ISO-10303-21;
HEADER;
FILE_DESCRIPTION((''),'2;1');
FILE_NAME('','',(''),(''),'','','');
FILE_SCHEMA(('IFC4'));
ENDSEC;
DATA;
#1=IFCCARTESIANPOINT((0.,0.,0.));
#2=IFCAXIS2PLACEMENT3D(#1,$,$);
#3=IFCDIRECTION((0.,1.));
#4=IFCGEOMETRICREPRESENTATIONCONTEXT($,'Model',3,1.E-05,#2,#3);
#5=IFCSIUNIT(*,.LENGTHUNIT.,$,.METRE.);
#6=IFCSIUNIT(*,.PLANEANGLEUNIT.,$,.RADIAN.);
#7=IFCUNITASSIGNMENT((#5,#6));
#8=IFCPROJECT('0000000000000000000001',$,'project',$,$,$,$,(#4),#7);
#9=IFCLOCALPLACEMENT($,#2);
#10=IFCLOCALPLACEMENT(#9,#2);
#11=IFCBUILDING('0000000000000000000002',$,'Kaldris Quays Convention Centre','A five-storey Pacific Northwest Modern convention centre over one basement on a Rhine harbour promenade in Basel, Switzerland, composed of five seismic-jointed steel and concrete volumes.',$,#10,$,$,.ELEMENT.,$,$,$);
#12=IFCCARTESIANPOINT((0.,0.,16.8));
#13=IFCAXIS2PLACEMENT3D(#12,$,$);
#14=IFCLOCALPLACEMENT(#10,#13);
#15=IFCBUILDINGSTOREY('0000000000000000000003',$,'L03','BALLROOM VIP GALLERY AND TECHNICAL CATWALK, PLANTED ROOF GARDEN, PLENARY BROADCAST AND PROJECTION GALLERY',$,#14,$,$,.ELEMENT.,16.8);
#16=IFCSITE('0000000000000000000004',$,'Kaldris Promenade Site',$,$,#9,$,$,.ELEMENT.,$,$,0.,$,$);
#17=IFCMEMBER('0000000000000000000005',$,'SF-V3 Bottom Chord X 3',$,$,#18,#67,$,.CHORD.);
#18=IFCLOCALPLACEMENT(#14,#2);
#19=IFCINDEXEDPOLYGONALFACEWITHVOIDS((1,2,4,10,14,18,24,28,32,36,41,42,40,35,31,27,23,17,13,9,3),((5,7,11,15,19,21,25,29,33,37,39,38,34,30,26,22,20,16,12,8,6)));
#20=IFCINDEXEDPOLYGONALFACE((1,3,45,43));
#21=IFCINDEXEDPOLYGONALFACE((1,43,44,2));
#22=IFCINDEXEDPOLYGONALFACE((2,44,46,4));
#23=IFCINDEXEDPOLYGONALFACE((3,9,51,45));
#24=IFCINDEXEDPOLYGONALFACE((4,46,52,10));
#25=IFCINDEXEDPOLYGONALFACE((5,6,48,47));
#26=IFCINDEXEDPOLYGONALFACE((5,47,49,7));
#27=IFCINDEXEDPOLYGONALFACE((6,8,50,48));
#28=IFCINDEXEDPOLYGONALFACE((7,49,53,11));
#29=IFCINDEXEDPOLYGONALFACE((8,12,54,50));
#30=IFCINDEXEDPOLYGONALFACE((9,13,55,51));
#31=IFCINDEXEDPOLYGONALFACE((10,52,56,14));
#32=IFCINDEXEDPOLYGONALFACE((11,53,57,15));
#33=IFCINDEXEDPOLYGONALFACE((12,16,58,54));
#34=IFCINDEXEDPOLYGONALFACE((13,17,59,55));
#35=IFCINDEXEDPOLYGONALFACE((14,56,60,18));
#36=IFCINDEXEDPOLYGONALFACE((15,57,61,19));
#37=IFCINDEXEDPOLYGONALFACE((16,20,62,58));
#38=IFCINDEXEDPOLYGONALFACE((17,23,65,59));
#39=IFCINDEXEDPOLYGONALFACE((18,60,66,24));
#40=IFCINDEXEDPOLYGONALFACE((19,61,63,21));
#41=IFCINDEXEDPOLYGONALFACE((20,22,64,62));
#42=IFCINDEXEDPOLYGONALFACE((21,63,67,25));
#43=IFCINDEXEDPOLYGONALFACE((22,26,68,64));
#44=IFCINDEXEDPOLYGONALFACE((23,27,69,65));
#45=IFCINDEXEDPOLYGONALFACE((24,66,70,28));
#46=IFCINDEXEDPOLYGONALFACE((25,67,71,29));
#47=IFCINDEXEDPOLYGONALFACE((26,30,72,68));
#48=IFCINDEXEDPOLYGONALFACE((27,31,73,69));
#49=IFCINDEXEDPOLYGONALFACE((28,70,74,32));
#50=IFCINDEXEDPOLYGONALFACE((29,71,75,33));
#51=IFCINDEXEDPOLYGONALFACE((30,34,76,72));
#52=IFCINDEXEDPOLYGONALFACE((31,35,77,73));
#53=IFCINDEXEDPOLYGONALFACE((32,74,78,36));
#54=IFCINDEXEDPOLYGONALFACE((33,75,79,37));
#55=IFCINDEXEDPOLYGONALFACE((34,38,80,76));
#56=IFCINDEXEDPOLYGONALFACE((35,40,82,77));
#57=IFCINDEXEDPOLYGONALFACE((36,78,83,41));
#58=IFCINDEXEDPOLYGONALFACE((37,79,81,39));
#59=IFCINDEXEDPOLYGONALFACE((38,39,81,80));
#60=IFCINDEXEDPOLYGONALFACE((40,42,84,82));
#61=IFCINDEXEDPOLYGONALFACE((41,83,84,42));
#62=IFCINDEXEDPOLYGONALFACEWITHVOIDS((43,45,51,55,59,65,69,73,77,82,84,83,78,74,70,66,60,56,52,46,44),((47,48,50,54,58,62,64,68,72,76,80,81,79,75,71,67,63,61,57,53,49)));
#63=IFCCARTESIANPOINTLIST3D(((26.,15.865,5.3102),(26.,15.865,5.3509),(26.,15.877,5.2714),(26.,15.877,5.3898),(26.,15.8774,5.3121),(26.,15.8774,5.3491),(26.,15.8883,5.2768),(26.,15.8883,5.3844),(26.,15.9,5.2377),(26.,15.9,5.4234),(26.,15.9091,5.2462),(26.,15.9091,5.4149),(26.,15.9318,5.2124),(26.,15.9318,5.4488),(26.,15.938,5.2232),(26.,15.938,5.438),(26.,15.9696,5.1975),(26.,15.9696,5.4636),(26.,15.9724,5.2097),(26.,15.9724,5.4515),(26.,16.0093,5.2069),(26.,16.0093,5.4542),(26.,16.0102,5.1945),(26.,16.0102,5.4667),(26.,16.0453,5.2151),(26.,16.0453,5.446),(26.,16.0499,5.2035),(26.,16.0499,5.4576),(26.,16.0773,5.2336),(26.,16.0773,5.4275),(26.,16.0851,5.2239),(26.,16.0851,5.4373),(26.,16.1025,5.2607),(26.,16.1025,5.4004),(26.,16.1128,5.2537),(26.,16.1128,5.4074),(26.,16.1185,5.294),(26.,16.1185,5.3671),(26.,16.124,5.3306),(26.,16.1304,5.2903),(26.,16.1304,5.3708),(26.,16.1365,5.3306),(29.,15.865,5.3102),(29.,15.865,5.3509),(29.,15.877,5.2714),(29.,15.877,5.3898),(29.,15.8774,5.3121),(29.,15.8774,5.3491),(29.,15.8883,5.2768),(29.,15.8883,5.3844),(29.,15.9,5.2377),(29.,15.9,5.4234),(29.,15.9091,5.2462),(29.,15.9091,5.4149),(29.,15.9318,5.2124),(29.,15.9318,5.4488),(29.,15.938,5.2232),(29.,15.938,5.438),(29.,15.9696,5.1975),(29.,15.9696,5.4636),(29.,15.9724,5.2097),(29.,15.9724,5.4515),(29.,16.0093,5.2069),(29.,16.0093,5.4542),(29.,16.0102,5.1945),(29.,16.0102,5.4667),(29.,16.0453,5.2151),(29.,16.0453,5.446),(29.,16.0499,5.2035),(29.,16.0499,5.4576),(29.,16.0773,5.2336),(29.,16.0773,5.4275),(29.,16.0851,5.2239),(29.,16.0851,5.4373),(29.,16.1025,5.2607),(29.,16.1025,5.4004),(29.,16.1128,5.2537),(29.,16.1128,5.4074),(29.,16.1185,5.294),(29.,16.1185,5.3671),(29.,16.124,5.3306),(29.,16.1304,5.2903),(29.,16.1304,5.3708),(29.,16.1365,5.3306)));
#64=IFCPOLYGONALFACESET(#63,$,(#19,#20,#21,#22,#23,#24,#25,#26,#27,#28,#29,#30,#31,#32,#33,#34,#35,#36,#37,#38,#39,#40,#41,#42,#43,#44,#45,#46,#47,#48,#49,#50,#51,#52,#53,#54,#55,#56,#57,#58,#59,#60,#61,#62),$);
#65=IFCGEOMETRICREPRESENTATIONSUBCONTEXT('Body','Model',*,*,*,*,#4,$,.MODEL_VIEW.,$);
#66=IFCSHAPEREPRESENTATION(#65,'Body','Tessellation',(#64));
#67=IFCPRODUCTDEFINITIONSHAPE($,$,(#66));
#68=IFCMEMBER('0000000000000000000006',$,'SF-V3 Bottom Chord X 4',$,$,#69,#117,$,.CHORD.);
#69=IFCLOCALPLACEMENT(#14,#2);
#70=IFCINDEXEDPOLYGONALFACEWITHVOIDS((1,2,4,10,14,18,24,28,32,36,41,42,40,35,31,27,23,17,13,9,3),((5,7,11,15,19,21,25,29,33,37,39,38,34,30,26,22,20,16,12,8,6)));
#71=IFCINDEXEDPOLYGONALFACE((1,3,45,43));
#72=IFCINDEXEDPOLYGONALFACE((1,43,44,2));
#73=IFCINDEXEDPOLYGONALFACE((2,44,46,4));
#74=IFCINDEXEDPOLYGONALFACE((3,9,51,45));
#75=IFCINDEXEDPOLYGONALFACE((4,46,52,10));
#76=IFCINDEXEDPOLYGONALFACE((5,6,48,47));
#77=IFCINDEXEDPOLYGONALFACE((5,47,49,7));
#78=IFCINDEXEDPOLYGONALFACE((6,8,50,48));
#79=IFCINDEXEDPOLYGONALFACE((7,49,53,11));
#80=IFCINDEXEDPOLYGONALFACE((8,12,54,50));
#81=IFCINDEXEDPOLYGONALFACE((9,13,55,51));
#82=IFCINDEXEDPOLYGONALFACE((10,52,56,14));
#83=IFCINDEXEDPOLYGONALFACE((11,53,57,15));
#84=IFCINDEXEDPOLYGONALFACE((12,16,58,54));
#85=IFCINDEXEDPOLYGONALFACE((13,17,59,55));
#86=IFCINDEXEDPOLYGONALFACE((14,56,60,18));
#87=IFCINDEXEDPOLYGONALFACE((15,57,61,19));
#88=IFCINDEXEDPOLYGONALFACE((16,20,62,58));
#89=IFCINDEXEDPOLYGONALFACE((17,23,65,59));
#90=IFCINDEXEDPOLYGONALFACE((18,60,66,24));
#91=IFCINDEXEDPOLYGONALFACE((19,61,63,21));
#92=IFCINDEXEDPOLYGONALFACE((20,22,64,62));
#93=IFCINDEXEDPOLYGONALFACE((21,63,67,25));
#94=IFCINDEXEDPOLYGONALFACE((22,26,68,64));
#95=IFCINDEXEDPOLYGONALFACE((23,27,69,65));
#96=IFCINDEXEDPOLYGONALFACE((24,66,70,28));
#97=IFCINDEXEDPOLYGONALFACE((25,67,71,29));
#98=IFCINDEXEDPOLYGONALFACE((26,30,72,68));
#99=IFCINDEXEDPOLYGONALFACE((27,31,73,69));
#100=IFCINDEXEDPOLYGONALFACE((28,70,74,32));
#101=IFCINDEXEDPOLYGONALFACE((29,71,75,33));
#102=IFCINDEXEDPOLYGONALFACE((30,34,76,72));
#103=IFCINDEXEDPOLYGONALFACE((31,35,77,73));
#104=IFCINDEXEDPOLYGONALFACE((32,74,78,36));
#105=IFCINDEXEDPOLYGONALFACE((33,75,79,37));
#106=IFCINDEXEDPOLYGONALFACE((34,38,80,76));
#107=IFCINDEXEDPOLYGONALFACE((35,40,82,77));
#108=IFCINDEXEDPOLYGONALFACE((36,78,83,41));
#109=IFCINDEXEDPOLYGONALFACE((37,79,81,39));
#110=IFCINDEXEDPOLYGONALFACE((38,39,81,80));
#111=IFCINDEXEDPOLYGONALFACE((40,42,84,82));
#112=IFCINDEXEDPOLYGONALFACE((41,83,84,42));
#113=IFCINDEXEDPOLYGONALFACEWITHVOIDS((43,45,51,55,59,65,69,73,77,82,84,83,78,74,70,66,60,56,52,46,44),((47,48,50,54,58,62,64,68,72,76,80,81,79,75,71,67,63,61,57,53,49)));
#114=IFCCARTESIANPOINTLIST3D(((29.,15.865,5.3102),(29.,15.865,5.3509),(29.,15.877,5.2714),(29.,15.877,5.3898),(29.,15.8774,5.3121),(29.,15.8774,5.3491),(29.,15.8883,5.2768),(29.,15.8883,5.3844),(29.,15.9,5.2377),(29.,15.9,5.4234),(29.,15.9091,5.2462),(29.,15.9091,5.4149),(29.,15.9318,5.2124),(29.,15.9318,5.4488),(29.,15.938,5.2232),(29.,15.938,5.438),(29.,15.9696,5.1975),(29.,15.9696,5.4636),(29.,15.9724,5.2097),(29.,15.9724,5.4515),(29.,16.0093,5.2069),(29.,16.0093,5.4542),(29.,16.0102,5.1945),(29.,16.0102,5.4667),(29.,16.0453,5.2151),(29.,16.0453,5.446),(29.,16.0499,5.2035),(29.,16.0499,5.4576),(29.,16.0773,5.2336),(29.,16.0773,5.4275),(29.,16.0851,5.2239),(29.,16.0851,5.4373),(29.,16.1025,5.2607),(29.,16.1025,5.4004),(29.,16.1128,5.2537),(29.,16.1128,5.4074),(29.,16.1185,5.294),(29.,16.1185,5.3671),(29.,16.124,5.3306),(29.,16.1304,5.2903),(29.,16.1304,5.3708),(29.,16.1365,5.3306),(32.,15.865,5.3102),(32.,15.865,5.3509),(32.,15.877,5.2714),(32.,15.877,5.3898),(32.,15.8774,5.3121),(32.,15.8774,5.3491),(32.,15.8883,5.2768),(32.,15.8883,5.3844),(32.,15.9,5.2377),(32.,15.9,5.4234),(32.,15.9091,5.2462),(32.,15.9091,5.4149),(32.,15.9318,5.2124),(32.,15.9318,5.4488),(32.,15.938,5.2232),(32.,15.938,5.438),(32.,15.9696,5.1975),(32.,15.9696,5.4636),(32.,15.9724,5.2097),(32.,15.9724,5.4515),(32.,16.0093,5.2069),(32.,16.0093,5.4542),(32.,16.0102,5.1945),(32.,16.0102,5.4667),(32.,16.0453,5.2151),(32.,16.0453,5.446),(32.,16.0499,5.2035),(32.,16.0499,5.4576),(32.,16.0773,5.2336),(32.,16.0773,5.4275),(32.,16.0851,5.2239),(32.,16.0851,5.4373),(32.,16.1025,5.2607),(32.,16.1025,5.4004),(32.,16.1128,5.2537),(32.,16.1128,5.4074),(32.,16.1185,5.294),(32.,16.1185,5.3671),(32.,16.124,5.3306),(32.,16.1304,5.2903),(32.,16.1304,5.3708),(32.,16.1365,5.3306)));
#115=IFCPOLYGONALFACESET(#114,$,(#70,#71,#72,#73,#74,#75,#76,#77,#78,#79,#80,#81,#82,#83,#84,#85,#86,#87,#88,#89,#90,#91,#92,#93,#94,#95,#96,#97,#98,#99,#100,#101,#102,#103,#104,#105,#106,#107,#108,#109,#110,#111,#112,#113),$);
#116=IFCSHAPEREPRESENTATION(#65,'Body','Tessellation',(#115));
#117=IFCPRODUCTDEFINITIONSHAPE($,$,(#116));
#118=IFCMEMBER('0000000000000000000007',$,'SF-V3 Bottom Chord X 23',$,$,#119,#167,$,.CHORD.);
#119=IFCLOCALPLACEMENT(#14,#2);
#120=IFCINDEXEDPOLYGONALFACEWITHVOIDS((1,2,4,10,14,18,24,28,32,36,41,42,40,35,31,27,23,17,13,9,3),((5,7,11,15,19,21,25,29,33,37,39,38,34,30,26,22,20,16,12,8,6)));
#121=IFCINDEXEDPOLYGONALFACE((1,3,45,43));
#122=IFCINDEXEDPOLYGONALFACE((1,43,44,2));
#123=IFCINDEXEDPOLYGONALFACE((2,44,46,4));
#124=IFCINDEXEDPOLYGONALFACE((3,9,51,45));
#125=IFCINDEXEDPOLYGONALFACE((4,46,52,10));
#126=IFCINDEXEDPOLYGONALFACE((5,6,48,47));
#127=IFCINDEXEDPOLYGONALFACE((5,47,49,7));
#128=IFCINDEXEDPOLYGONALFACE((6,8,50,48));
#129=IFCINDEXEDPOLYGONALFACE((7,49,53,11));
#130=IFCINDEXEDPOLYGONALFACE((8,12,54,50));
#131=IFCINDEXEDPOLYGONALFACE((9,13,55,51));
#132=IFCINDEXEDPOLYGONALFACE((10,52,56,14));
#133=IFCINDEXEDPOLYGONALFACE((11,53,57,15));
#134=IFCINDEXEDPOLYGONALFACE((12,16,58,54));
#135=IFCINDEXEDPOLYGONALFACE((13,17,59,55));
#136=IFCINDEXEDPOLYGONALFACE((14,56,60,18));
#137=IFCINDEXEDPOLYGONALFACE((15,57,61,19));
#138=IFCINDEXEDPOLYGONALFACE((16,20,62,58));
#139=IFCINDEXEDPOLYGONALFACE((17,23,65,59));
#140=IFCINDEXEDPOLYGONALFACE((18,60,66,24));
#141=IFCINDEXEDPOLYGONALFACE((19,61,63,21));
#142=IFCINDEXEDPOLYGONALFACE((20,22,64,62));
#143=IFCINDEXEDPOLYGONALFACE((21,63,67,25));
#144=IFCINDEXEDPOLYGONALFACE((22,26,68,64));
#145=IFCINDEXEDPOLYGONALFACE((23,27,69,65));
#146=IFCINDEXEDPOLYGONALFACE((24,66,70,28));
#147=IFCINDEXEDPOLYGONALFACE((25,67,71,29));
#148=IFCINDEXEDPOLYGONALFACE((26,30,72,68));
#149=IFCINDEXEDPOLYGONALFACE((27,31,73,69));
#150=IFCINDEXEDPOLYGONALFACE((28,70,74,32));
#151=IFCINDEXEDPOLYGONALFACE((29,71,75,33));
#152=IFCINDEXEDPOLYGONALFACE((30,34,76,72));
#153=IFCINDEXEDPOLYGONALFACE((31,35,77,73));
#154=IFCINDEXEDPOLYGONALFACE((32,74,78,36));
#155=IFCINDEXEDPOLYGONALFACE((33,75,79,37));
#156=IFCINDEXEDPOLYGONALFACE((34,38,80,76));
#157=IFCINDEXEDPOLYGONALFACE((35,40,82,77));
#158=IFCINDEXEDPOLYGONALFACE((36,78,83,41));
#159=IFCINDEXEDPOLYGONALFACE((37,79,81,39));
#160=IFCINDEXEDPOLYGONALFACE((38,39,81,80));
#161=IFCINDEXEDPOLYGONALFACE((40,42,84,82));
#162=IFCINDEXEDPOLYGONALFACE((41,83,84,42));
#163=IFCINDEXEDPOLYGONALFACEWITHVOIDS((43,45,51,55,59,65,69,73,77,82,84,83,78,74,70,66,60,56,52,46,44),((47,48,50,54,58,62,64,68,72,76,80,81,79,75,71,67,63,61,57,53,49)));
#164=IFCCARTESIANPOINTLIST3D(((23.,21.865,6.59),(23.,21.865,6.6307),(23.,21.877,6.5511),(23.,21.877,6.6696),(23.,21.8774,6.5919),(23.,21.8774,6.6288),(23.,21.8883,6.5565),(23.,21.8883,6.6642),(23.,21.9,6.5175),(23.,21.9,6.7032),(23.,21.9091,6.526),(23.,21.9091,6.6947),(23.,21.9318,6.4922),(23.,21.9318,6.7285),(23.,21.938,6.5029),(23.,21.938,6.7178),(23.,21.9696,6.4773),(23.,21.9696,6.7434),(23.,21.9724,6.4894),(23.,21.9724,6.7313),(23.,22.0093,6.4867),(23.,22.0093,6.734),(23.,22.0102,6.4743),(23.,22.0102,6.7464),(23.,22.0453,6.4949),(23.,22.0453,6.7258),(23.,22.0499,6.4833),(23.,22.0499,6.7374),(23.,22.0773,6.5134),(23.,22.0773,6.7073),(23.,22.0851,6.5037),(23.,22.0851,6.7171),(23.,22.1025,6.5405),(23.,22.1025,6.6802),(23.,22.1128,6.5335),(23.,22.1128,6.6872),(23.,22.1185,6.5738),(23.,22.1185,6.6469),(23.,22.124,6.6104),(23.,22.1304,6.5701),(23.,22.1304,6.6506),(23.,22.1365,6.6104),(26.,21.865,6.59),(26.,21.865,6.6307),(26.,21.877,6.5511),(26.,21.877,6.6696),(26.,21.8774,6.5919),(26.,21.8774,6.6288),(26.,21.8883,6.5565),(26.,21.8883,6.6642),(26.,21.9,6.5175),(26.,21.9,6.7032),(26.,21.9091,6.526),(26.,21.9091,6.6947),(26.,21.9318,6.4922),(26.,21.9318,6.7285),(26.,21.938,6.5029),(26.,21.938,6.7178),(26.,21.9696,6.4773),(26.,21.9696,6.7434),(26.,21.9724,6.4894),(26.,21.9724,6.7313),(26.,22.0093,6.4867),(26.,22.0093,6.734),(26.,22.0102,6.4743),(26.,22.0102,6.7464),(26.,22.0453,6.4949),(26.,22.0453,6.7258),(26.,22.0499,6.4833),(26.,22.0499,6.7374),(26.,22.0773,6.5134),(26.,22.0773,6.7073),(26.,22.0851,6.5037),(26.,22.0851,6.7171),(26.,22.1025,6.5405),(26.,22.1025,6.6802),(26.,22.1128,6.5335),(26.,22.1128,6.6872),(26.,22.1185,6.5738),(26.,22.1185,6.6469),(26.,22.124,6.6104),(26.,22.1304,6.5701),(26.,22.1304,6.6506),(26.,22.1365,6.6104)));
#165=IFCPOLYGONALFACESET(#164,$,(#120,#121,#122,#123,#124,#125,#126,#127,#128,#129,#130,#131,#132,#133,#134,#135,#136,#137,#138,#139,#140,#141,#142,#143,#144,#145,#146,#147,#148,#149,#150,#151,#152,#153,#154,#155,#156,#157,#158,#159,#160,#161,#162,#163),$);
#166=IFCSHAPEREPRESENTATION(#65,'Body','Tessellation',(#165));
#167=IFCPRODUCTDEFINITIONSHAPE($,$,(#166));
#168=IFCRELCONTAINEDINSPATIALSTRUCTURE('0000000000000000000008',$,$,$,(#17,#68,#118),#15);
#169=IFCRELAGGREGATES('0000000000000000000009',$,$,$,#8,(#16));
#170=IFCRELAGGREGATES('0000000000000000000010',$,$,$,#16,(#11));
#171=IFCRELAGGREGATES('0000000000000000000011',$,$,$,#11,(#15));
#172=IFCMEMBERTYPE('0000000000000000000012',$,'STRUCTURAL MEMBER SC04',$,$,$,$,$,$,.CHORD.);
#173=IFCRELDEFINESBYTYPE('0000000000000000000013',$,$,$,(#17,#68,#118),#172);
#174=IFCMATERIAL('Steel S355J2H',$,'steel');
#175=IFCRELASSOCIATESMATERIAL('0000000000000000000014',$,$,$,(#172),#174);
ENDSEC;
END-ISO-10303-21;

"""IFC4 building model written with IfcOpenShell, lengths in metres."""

from ifc_helpers import new_model, si_unit, direction, frame, origin, origin_2d, place, context, subcontext, project, spatial, hollow_circle, extrude, material, material_profile, profile_set, type_object, element, save


model = new_model("IFC4")

# Units and contexts
model_context = context("Model", 3, precision=1e-05, world=origin(), true_north=direction((0.0, 1.0)))
body_context = subcontext(model_context, "Body", "Model", "MODEL_VIEW")
ifc_project = project(units=[si_unit("LENGTHUNIT", "METRE"), si_unit("PLANEANGLEUNIT", "RADIAN")], contexts=[model_context])

# Site, building, storey
site_placement = place(None, origin())
site = spatial("IfcSite", under=ifc_project, at=site_placement, Name="Kaldris Promenade Site", CompositionType="ELEMENT", RefElevation=0.0)
building_placement = place(site_placement, origin())
building = spatial("IfcBuilding", under=site, at=building_placement, Name="Kaldris Quays Convention Centre", Description="A five-storey Pacific Northwest Modern convention centre over one basement on a Rhine harbour promenade in Basel, Switzerland, composed of five seismic-jointed steel and concrete volumes.", CompositionType="ELEMENT")
storey_placement = place(building_placement, frame((0.0, 0.0, 16.8)))
storey = spatial("IfcBuildingStorey", under=building, at=storey_placement, Name="L03", Description="BALLROOM VIP GALLERY AND TECHNICAL CATWALK, PLANTED ROOF GARDEN, PLENARY BROADCAST AND PROJECTION GALLERY", CompositionType="ELEMENT", Elevation=16.8)

# Members
ifc_material_1 = material(Name="Steel S355J2H", Category="steel")
ifc_material_profile_1 = material_profile(ifc_material_1, hollow_circle(Radius=0.1365, WallThickness=0.0125, at=origin_2d()), Name="CHS 273x12.5")
ifc_profile_set_1 = profile_set([ifc_material_profile_1], Name="Steel S355J2H")
member_type_1 = type_object("IfcMemberType", Name="STRUCTURAL MEMBER SC04", PredefinedType="CHORD", material=ifc_profile_set_1)
for number, where, z_axis, x_axis, name in (
    (1, (26.0, 16.0, 5.3306), (1.0, 0.0, 0.0), (0.0, 1.0, 0.0), "SF-V3 Bottom Chord X 3"),
    (2, (29.0, 16.0, 5.3306), (1.0, 0.0, 0.0), (0.0, 1.0, 0.0), "SF-V3 Bottom Chord X 4"),
    (3, (23.0, 22.0, 6.6104), (1.0, 0.0, 0.0), (0.0, 1.0, 0.0), "SF-V3 Bottom Chord X 23"),
):
    element("IfcMember", number, at=place(storey_placement, frame(where, z_axis=z_axis, x_axis=x_axis)), inside=storey, type_object=member_type_1, Name=name, PredefinedType="CHORD", context=body_context, shape_type="SweptSolid", body=[
        extrude(hollow_circle(Radius=0.1365, WallThickness=0.0125, at=origin_2d()), origin(), (0.0, 0.0, 1.0), 3.0),
    ])

save(model, "model.ifc")
